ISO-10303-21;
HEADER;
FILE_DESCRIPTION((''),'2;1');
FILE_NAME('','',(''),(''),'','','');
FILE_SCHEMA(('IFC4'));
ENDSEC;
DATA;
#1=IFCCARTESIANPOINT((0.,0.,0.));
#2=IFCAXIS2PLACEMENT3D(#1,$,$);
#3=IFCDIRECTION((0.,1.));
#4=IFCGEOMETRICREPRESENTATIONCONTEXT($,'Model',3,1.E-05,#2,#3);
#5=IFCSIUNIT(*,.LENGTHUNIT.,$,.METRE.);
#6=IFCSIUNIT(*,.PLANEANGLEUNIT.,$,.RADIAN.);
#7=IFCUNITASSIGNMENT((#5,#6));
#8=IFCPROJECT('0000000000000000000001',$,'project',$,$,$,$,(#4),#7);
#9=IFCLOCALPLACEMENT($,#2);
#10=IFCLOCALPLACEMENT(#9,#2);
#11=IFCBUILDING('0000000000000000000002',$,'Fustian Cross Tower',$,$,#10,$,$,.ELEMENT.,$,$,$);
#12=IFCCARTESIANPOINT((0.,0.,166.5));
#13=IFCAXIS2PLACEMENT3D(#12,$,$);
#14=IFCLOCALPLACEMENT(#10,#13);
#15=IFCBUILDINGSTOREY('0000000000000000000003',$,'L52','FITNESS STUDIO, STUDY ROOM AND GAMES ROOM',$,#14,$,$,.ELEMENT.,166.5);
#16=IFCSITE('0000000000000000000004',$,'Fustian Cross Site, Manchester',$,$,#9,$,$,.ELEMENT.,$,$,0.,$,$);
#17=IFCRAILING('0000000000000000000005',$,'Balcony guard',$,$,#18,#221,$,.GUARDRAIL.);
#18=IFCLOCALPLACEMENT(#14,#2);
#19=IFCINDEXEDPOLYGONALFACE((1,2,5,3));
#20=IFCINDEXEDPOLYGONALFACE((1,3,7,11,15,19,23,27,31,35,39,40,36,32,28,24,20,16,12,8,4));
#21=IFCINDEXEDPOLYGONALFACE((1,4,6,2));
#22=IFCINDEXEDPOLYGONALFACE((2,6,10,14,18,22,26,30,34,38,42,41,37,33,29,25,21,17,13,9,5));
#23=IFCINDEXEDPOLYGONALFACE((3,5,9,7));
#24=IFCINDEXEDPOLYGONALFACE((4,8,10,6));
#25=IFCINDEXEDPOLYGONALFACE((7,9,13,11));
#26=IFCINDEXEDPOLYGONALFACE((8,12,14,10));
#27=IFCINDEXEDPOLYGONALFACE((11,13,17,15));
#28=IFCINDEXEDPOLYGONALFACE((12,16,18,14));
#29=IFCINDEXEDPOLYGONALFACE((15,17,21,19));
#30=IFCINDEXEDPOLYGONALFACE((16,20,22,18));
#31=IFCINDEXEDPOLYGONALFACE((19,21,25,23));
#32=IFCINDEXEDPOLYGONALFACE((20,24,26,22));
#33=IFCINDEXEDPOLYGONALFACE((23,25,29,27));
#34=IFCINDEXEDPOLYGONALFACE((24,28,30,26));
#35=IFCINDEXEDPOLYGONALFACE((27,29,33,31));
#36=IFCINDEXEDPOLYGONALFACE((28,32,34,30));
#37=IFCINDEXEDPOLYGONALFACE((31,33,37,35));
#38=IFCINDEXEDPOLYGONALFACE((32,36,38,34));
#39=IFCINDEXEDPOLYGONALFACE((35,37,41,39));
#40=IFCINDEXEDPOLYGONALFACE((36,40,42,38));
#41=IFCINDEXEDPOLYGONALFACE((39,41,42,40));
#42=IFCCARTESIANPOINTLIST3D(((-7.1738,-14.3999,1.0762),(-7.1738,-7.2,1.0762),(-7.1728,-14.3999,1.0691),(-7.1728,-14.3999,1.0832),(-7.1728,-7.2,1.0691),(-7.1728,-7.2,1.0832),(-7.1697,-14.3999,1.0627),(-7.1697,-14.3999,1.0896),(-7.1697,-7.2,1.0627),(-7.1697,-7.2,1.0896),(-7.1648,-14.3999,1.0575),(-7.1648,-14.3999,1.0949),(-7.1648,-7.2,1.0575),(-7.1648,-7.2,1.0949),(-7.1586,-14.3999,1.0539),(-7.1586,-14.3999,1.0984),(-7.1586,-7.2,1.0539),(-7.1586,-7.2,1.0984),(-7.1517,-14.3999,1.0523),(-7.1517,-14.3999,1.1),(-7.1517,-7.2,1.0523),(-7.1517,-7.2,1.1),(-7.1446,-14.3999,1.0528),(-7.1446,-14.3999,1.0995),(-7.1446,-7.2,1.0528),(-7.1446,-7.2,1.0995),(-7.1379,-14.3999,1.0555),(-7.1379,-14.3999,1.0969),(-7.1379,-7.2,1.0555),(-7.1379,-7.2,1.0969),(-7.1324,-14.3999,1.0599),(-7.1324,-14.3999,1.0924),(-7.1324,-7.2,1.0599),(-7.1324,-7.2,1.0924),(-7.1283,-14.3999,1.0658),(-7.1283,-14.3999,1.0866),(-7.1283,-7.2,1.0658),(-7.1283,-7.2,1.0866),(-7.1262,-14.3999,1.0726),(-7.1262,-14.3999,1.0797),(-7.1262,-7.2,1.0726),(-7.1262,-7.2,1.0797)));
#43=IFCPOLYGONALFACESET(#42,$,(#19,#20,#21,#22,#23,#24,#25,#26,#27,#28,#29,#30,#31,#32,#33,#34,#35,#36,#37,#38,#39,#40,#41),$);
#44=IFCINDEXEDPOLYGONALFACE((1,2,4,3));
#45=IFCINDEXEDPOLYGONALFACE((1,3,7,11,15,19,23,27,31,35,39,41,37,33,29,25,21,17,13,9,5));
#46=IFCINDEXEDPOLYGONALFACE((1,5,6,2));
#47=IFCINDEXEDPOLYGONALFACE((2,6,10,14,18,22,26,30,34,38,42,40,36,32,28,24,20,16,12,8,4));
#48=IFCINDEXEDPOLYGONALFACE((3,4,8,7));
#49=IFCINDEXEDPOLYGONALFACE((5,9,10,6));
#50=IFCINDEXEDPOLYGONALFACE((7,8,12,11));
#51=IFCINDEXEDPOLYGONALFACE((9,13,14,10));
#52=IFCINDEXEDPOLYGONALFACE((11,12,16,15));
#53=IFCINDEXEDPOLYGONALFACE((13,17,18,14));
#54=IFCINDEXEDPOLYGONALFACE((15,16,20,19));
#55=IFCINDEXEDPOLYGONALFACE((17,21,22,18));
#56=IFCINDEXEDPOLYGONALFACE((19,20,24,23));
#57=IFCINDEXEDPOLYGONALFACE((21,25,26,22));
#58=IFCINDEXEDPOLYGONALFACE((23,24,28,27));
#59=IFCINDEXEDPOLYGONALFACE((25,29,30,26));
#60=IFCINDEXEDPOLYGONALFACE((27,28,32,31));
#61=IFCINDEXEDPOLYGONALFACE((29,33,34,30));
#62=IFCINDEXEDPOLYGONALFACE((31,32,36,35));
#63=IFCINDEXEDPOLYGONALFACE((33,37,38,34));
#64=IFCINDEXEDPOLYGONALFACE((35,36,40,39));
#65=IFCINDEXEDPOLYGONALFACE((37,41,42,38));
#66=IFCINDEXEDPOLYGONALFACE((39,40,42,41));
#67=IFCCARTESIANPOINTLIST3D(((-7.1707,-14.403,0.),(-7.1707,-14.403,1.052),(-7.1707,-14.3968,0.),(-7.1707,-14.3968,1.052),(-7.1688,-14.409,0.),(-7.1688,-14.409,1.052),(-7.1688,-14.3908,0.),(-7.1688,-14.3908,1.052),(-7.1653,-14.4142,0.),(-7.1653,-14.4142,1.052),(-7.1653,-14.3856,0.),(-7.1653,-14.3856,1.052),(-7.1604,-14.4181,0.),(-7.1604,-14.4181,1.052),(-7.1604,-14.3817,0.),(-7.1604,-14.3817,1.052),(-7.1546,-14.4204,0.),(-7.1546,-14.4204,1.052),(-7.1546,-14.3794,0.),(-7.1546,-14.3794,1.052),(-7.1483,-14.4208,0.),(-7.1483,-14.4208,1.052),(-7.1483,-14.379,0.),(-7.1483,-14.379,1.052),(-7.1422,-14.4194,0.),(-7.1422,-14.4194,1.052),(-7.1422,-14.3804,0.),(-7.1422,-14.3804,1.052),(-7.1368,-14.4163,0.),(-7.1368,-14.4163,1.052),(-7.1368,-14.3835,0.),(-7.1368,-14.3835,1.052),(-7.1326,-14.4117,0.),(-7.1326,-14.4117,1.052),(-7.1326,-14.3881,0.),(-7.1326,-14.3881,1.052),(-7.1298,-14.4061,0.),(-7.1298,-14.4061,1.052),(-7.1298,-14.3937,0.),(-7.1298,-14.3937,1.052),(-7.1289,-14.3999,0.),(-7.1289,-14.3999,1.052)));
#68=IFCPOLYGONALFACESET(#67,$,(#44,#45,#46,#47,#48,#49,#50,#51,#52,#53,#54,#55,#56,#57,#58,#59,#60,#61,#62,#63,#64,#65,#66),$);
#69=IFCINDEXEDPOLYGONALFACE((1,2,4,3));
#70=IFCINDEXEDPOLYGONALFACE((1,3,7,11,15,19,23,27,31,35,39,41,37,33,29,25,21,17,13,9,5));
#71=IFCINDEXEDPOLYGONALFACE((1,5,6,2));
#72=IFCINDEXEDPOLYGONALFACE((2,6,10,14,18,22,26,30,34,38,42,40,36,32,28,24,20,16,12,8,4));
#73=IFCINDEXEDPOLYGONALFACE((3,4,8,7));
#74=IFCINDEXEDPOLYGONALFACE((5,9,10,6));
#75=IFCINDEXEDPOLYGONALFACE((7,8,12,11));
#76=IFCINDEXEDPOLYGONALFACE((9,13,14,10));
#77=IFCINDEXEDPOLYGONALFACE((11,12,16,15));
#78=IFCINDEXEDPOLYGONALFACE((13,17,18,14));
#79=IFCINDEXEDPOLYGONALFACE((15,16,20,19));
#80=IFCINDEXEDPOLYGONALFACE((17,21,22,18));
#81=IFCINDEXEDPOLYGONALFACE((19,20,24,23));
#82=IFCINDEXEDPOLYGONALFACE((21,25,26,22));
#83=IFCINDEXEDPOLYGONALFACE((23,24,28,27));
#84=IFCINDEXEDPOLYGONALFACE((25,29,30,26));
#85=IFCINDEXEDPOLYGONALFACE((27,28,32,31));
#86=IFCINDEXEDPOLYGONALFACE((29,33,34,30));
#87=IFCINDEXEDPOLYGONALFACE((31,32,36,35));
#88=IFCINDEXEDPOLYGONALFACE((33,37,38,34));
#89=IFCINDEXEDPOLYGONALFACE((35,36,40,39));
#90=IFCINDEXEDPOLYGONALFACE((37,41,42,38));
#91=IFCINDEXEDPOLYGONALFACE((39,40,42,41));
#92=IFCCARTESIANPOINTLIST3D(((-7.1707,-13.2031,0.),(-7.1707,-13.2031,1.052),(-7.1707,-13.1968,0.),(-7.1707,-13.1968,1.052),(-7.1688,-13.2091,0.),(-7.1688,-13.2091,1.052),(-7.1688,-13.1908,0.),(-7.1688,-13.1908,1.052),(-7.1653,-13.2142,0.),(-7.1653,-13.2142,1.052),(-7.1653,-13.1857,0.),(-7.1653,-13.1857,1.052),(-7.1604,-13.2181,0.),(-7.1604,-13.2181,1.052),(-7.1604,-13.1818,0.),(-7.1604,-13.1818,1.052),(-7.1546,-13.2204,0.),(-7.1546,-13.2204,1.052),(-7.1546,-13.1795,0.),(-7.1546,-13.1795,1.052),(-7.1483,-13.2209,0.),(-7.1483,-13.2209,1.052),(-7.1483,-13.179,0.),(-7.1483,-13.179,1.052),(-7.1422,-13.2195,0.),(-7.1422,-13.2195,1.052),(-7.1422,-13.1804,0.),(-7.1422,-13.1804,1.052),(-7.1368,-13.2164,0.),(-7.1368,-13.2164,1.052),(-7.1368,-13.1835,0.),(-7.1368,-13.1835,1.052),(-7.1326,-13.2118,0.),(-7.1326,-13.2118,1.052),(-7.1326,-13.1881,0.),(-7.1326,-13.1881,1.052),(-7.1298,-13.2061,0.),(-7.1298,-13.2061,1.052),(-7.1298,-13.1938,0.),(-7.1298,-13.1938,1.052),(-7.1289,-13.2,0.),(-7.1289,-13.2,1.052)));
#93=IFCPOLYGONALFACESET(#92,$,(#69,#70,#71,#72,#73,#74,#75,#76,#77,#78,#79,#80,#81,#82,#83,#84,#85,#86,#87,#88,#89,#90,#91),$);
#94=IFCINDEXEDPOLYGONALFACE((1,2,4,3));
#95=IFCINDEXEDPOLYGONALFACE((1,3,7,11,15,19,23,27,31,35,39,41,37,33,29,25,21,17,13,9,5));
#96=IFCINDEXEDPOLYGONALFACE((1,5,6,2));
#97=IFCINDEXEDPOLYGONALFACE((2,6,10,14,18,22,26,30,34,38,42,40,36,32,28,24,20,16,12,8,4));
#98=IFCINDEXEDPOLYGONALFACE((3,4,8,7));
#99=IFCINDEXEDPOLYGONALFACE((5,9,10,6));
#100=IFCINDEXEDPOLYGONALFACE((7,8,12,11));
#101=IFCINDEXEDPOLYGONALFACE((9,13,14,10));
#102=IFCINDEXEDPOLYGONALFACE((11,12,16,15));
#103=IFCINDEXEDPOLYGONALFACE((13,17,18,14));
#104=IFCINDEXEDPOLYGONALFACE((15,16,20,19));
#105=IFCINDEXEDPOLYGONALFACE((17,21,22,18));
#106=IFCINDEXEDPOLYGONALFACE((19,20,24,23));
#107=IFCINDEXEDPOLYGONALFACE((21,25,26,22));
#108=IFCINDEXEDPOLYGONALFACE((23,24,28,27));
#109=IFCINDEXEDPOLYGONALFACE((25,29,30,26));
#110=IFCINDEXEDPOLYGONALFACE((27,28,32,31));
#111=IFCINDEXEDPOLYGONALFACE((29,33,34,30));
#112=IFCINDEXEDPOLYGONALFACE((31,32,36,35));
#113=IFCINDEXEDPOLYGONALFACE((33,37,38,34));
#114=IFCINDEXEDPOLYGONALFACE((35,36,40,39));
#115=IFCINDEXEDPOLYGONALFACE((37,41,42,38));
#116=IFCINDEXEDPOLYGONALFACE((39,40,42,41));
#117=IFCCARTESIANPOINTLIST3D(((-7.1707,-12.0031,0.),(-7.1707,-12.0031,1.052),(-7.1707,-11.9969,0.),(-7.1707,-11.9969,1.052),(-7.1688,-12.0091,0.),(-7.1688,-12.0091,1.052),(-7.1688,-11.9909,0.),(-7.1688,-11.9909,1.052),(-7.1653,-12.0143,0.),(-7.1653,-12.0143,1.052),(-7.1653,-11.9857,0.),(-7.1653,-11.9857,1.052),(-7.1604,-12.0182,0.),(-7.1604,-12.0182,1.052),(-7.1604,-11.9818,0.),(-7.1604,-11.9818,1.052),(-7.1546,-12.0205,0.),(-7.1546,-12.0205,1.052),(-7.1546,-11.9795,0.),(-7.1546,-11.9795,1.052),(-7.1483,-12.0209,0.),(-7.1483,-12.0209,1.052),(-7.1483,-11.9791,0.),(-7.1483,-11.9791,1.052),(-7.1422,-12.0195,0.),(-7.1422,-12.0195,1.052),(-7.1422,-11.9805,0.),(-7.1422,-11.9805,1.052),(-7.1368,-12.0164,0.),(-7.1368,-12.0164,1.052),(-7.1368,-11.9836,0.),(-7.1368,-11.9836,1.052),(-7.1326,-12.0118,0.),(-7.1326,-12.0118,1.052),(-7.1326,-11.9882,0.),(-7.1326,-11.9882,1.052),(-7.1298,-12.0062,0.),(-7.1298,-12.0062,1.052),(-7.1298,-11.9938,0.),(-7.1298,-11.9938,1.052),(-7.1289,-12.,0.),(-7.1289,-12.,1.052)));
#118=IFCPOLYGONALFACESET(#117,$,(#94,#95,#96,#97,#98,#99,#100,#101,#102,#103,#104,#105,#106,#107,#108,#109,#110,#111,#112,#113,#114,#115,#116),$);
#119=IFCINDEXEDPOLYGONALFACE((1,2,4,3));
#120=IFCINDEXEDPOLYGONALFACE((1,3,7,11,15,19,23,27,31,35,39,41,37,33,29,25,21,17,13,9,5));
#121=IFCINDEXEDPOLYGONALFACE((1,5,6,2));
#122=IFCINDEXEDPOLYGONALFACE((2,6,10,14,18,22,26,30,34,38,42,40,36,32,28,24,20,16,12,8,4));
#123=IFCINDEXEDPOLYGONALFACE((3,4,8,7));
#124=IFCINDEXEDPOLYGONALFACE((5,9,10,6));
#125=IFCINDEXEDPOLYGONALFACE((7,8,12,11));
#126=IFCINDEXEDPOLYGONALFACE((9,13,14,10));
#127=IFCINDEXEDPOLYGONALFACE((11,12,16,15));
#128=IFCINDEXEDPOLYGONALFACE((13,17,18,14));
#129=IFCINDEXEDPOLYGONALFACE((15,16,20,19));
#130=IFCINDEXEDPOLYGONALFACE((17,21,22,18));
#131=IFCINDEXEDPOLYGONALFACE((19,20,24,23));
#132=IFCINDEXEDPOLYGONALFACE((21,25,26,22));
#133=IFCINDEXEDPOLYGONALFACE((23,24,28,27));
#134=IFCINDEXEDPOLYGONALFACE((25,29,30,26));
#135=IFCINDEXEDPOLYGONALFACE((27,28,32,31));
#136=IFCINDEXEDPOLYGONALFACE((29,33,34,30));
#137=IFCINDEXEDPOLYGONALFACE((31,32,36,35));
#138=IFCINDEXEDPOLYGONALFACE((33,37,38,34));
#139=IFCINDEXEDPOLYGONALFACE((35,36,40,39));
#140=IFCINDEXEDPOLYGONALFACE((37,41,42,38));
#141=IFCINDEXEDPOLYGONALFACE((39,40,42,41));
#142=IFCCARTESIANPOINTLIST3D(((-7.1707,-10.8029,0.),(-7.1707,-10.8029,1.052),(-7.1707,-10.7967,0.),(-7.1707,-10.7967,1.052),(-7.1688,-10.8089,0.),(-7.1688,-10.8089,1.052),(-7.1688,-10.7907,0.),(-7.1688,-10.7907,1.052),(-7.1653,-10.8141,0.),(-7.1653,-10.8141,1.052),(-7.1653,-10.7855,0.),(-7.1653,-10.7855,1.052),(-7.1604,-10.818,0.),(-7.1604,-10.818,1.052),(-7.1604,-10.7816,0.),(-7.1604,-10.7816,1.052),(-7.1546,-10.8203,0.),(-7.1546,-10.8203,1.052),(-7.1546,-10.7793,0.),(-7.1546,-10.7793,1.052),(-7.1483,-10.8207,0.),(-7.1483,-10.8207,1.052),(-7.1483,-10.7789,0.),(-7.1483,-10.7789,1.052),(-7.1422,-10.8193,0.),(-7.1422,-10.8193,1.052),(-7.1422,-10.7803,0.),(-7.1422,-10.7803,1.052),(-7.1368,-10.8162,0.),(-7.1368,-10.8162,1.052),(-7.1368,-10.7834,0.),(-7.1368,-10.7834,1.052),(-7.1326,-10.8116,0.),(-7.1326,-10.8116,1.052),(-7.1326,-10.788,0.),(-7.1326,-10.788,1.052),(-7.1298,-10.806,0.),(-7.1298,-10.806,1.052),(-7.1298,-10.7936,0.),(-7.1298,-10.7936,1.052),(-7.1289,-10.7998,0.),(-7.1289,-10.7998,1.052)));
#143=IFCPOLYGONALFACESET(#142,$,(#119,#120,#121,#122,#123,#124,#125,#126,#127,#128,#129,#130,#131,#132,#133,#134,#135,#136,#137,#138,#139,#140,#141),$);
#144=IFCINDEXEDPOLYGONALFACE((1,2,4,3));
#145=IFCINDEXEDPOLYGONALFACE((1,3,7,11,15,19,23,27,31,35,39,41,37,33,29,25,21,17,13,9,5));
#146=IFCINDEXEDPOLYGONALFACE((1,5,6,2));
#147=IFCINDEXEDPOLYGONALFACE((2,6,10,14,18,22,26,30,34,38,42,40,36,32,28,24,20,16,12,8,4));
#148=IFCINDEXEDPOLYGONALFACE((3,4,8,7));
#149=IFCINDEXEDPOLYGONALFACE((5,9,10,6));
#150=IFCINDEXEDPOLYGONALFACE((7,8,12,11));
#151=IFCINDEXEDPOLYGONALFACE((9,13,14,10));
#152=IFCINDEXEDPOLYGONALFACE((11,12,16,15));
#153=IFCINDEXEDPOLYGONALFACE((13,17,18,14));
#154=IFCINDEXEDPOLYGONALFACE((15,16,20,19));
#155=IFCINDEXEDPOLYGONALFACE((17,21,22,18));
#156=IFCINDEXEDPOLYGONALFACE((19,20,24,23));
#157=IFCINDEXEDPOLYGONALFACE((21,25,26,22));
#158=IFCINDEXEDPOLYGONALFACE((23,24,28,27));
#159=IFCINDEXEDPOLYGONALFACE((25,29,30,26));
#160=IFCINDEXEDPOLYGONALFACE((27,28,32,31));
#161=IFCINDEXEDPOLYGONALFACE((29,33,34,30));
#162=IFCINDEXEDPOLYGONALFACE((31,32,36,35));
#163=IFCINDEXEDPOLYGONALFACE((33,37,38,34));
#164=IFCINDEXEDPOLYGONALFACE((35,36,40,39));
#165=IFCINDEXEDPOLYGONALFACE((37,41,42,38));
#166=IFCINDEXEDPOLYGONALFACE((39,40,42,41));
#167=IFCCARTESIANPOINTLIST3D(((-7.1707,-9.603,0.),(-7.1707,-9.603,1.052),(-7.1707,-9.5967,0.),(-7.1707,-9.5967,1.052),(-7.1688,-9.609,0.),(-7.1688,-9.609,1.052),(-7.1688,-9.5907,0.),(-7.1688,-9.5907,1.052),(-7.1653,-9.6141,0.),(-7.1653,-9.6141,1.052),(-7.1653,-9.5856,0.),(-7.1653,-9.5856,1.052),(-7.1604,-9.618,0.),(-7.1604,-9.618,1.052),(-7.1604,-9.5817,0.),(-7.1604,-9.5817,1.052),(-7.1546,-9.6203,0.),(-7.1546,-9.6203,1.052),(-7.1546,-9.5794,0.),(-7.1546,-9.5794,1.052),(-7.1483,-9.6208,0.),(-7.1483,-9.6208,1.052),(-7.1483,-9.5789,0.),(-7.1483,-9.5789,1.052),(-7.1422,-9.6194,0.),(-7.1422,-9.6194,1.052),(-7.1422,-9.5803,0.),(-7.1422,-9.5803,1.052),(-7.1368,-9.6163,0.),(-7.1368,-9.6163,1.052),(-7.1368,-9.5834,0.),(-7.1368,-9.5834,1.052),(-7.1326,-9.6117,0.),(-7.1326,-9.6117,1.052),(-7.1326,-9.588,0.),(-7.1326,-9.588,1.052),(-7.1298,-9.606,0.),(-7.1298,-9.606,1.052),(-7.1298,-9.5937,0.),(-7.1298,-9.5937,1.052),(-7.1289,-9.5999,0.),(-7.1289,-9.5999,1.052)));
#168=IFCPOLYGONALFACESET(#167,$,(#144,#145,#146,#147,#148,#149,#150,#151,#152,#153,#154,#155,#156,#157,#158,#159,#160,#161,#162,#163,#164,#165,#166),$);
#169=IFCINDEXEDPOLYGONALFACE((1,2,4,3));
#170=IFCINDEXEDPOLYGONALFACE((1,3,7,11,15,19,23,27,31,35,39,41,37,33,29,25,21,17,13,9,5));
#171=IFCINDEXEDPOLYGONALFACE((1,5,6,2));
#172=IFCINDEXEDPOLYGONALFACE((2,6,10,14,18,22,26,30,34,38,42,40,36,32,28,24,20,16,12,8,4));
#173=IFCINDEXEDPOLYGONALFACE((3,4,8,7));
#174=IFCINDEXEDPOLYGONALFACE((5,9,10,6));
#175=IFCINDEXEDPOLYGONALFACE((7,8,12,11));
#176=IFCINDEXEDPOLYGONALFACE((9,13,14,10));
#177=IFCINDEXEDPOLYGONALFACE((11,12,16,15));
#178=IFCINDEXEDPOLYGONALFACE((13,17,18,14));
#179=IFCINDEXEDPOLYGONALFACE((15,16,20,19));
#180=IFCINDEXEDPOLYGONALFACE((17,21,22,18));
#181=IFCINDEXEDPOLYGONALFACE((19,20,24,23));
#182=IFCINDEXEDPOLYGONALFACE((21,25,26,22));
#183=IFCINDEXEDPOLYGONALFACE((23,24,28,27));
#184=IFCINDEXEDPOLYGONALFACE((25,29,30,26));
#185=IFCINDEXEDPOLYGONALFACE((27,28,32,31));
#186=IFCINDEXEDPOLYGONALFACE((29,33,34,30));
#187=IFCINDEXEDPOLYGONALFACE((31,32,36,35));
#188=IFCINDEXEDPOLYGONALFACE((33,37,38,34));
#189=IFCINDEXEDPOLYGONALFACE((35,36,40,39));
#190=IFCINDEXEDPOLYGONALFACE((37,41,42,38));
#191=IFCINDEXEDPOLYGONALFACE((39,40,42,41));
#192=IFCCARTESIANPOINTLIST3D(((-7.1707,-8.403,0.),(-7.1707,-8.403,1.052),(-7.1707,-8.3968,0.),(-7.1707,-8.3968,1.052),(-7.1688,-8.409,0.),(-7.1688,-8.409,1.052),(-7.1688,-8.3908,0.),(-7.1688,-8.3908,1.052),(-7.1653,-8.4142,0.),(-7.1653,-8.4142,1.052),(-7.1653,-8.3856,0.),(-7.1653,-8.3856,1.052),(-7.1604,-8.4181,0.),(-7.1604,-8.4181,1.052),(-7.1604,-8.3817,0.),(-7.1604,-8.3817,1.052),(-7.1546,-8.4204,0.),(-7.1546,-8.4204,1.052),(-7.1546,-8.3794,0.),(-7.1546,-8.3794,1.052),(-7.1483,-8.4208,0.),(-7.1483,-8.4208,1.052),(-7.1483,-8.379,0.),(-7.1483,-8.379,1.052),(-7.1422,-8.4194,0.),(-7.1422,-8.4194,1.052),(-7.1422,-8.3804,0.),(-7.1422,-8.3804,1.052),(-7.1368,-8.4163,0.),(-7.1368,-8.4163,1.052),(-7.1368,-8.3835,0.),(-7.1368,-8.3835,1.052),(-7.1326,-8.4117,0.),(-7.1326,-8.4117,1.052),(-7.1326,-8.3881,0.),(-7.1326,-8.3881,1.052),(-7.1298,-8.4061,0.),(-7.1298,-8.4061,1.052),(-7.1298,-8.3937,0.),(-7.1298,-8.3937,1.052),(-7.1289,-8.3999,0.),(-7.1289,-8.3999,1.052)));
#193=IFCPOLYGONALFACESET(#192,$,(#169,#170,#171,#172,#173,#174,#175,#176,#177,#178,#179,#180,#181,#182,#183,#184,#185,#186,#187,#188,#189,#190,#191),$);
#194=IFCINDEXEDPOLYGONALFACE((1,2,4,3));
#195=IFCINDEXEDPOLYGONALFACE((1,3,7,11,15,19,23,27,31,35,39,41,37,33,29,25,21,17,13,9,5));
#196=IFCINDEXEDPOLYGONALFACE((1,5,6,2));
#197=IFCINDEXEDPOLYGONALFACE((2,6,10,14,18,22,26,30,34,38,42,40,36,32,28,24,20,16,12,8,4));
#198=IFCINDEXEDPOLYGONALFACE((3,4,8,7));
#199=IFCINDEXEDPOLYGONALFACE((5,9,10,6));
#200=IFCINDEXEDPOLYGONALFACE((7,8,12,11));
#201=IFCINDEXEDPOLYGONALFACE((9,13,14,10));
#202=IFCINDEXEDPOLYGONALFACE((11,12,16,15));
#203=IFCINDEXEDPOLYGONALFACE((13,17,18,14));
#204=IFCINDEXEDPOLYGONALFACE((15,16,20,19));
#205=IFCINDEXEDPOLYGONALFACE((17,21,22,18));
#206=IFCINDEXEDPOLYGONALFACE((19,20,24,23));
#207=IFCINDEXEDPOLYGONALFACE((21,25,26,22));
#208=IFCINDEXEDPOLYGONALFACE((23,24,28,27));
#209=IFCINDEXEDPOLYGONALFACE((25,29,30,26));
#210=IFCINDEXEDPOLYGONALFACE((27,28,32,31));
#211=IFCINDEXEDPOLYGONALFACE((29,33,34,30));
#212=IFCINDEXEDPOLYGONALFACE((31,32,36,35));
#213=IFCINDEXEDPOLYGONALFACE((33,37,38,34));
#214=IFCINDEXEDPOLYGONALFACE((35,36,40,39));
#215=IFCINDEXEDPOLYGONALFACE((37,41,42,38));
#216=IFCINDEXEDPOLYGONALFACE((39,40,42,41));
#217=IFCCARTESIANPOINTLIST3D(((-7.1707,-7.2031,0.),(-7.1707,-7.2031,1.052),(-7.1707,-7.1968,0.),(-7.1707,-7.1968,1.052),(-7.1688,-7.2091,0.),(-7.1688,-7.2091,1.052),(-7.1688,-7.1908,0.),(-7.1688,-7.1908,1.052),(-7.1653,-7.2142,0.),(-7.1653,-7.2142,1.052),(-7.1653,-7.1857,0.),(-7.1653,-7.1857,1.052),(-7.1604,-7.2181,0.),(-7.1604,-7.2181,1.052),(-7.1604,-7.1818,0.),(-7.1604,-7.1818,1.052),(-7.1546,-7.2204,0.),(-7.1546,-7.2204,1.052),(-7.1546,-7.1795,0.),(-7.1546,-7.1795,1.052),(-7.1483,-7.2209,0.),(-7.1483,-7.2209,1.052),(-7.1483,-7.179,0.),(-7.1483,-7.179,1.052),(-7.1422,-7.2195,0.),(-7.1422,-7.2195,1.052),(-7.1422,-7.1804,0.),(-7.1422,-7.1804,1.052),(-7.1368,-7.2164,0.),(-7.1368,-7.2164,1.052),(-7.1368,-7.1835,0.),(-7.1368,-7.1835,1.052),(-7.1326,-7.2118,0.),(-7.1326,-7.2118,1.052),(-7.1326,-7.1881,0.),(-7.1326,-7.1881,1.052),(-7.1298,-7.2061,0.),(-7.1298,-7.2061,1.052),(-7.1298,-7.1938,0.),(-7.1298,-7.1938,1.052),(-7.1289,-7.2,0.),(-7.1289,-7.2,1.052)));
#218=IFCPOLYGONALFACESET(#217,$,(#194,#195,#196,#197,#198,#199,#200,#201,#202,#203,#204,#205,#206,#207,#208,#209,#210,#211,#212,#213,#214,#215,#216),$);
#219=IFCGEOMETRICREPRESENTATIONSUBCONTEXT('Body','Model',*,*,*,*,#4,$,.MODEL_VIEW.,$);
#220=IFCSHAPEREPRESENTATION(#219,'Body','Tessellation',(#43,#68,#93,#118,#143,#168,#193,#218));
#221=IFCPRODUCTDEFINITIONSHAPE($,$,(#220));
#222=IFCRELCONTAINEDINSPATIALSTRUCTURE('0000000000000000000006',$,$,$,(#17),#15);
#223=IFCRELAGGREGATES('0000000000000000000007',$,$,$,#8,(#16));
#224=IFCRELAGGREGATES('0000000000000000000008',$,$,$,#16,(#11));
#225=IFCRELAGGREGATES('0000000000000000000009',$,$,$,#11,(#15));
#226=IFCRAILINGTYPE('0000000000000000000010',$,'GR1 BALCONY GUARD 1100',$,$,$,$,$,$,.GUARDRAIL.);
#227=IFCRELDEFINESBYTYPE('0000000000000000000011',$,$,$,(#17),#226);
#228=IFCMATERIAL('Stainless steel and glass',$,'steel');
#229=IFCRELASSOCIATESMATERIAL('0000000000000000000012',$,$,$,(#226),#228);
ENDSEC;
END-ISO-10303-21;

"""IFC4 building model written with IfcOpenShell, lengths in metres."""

from ifc_helpers import new_model, si_unit, direction, frame, origin, origin_2d, place, context, subcontext, project, spatial, circle, extrude, material, type_object, element, save


model = new_model("IFC4")

# Units and contexts
model_context = context("Model", 3, precision=1e-05, world=origin(), true_north=direction((0.0, 1.0)))
body_context = subcontext(model_context, "Body", "Model", "MODEL_VIEW")
ifc_project = project(units=[si_unit("LENGTHUNIT", "METRE"), si_unit("PLANEANGLEUNIT", "RADIAN")], contexts=[model_context])

# Site, building, storey
site_placement = place(None, origin())
site = spatial("IfcSite", under=ifc_project, at=site_placement, Name="Fustian Cross Site, Manchester", CompositionType="ELEMENT", RefElevation=0.0)
building_placement = place(site_placement, origin())
building = spatial("IfcBuilding", under=site, at=building_placement, Name="Fustian Cross Tower", CompositionType="ELEMENT")
storey_placement = place(building_placement, frame((0.0, 0.0, 166.5)))
storey = spatial("IfcBuildingStorey", under=building, at=storey_placement, Name="L52", Description="FITNESS STUDIO, STUDY ROOM AND GAMES ROOM", CompositionType="ELEMENT", Elevation=166.5)

# Railing
ifc_material_1 = material(Name="Stainless steel and glass", Category="steel")
railing_type = type_object("IfcRailingType", Name="GR1 BALCONY GUARD 1100", PredefinedType="GUARDRAIL", material=ifc_material_1)
railing_placement = place(storey_placement, frame((-7.1499, -14.3999, 0.0)))
element("IfcRailing", 1, at=railing_placement, inside=storey, type_object=railing_type, Name="Balcony guard", PredefinedType="GUARDRAIL", context=body_context, shape_type="SweptSolid", body=[
    extrude(circle(Radius=0.0239, at=origin_2d()), frame((0.0, 0.0, 1.0762), z_axis=(0.0, 1.0, 0.0), x_axis=(-1.0, 0.0, 0.0)), (0.0, 0.0, 1.0), 7.2),
    extrude(circle(Radius=0.021, at=origin_2d()), origin(), (0.0, 0.0, 1.0), 1.052),
    extrude(circle(Radius=0.021, at=origin_2d()), frame((0.0, 1.2, 0.0)), (0.0, 0.0, 1.0), 1.052),
    extrude(circle(Radius=0.021, at=origin_2d()), frame((0.0, 2.3999, 0.0)), (0.0, 0.0, 1.0), 1.052),
    extrude(circle(Radius=0.021, at=origin_2d()), frame((0.0, 3.6001, 0.0)), (0.0, 0.0, 1.0), 1.052),
    extrude(circle(Radius=0.021, at=origin_2d()), frame((0.0, 4.8, 0.0)), (0.0, 0.0, 1.0), 1.052),
    extrude(circle(Radius=0.021, at=origin_2d()), frame((0.0, 6.0, 0.0)), (0.0, 0.0, 1.0), 1.052),
    extrude(circle(Radius=0.021, at=origin_2d()), frame((0.0, 7.2, 0.0)), (0.0, 0.0, 1.0), 1.052),
])

save(model, "model.ifc")
